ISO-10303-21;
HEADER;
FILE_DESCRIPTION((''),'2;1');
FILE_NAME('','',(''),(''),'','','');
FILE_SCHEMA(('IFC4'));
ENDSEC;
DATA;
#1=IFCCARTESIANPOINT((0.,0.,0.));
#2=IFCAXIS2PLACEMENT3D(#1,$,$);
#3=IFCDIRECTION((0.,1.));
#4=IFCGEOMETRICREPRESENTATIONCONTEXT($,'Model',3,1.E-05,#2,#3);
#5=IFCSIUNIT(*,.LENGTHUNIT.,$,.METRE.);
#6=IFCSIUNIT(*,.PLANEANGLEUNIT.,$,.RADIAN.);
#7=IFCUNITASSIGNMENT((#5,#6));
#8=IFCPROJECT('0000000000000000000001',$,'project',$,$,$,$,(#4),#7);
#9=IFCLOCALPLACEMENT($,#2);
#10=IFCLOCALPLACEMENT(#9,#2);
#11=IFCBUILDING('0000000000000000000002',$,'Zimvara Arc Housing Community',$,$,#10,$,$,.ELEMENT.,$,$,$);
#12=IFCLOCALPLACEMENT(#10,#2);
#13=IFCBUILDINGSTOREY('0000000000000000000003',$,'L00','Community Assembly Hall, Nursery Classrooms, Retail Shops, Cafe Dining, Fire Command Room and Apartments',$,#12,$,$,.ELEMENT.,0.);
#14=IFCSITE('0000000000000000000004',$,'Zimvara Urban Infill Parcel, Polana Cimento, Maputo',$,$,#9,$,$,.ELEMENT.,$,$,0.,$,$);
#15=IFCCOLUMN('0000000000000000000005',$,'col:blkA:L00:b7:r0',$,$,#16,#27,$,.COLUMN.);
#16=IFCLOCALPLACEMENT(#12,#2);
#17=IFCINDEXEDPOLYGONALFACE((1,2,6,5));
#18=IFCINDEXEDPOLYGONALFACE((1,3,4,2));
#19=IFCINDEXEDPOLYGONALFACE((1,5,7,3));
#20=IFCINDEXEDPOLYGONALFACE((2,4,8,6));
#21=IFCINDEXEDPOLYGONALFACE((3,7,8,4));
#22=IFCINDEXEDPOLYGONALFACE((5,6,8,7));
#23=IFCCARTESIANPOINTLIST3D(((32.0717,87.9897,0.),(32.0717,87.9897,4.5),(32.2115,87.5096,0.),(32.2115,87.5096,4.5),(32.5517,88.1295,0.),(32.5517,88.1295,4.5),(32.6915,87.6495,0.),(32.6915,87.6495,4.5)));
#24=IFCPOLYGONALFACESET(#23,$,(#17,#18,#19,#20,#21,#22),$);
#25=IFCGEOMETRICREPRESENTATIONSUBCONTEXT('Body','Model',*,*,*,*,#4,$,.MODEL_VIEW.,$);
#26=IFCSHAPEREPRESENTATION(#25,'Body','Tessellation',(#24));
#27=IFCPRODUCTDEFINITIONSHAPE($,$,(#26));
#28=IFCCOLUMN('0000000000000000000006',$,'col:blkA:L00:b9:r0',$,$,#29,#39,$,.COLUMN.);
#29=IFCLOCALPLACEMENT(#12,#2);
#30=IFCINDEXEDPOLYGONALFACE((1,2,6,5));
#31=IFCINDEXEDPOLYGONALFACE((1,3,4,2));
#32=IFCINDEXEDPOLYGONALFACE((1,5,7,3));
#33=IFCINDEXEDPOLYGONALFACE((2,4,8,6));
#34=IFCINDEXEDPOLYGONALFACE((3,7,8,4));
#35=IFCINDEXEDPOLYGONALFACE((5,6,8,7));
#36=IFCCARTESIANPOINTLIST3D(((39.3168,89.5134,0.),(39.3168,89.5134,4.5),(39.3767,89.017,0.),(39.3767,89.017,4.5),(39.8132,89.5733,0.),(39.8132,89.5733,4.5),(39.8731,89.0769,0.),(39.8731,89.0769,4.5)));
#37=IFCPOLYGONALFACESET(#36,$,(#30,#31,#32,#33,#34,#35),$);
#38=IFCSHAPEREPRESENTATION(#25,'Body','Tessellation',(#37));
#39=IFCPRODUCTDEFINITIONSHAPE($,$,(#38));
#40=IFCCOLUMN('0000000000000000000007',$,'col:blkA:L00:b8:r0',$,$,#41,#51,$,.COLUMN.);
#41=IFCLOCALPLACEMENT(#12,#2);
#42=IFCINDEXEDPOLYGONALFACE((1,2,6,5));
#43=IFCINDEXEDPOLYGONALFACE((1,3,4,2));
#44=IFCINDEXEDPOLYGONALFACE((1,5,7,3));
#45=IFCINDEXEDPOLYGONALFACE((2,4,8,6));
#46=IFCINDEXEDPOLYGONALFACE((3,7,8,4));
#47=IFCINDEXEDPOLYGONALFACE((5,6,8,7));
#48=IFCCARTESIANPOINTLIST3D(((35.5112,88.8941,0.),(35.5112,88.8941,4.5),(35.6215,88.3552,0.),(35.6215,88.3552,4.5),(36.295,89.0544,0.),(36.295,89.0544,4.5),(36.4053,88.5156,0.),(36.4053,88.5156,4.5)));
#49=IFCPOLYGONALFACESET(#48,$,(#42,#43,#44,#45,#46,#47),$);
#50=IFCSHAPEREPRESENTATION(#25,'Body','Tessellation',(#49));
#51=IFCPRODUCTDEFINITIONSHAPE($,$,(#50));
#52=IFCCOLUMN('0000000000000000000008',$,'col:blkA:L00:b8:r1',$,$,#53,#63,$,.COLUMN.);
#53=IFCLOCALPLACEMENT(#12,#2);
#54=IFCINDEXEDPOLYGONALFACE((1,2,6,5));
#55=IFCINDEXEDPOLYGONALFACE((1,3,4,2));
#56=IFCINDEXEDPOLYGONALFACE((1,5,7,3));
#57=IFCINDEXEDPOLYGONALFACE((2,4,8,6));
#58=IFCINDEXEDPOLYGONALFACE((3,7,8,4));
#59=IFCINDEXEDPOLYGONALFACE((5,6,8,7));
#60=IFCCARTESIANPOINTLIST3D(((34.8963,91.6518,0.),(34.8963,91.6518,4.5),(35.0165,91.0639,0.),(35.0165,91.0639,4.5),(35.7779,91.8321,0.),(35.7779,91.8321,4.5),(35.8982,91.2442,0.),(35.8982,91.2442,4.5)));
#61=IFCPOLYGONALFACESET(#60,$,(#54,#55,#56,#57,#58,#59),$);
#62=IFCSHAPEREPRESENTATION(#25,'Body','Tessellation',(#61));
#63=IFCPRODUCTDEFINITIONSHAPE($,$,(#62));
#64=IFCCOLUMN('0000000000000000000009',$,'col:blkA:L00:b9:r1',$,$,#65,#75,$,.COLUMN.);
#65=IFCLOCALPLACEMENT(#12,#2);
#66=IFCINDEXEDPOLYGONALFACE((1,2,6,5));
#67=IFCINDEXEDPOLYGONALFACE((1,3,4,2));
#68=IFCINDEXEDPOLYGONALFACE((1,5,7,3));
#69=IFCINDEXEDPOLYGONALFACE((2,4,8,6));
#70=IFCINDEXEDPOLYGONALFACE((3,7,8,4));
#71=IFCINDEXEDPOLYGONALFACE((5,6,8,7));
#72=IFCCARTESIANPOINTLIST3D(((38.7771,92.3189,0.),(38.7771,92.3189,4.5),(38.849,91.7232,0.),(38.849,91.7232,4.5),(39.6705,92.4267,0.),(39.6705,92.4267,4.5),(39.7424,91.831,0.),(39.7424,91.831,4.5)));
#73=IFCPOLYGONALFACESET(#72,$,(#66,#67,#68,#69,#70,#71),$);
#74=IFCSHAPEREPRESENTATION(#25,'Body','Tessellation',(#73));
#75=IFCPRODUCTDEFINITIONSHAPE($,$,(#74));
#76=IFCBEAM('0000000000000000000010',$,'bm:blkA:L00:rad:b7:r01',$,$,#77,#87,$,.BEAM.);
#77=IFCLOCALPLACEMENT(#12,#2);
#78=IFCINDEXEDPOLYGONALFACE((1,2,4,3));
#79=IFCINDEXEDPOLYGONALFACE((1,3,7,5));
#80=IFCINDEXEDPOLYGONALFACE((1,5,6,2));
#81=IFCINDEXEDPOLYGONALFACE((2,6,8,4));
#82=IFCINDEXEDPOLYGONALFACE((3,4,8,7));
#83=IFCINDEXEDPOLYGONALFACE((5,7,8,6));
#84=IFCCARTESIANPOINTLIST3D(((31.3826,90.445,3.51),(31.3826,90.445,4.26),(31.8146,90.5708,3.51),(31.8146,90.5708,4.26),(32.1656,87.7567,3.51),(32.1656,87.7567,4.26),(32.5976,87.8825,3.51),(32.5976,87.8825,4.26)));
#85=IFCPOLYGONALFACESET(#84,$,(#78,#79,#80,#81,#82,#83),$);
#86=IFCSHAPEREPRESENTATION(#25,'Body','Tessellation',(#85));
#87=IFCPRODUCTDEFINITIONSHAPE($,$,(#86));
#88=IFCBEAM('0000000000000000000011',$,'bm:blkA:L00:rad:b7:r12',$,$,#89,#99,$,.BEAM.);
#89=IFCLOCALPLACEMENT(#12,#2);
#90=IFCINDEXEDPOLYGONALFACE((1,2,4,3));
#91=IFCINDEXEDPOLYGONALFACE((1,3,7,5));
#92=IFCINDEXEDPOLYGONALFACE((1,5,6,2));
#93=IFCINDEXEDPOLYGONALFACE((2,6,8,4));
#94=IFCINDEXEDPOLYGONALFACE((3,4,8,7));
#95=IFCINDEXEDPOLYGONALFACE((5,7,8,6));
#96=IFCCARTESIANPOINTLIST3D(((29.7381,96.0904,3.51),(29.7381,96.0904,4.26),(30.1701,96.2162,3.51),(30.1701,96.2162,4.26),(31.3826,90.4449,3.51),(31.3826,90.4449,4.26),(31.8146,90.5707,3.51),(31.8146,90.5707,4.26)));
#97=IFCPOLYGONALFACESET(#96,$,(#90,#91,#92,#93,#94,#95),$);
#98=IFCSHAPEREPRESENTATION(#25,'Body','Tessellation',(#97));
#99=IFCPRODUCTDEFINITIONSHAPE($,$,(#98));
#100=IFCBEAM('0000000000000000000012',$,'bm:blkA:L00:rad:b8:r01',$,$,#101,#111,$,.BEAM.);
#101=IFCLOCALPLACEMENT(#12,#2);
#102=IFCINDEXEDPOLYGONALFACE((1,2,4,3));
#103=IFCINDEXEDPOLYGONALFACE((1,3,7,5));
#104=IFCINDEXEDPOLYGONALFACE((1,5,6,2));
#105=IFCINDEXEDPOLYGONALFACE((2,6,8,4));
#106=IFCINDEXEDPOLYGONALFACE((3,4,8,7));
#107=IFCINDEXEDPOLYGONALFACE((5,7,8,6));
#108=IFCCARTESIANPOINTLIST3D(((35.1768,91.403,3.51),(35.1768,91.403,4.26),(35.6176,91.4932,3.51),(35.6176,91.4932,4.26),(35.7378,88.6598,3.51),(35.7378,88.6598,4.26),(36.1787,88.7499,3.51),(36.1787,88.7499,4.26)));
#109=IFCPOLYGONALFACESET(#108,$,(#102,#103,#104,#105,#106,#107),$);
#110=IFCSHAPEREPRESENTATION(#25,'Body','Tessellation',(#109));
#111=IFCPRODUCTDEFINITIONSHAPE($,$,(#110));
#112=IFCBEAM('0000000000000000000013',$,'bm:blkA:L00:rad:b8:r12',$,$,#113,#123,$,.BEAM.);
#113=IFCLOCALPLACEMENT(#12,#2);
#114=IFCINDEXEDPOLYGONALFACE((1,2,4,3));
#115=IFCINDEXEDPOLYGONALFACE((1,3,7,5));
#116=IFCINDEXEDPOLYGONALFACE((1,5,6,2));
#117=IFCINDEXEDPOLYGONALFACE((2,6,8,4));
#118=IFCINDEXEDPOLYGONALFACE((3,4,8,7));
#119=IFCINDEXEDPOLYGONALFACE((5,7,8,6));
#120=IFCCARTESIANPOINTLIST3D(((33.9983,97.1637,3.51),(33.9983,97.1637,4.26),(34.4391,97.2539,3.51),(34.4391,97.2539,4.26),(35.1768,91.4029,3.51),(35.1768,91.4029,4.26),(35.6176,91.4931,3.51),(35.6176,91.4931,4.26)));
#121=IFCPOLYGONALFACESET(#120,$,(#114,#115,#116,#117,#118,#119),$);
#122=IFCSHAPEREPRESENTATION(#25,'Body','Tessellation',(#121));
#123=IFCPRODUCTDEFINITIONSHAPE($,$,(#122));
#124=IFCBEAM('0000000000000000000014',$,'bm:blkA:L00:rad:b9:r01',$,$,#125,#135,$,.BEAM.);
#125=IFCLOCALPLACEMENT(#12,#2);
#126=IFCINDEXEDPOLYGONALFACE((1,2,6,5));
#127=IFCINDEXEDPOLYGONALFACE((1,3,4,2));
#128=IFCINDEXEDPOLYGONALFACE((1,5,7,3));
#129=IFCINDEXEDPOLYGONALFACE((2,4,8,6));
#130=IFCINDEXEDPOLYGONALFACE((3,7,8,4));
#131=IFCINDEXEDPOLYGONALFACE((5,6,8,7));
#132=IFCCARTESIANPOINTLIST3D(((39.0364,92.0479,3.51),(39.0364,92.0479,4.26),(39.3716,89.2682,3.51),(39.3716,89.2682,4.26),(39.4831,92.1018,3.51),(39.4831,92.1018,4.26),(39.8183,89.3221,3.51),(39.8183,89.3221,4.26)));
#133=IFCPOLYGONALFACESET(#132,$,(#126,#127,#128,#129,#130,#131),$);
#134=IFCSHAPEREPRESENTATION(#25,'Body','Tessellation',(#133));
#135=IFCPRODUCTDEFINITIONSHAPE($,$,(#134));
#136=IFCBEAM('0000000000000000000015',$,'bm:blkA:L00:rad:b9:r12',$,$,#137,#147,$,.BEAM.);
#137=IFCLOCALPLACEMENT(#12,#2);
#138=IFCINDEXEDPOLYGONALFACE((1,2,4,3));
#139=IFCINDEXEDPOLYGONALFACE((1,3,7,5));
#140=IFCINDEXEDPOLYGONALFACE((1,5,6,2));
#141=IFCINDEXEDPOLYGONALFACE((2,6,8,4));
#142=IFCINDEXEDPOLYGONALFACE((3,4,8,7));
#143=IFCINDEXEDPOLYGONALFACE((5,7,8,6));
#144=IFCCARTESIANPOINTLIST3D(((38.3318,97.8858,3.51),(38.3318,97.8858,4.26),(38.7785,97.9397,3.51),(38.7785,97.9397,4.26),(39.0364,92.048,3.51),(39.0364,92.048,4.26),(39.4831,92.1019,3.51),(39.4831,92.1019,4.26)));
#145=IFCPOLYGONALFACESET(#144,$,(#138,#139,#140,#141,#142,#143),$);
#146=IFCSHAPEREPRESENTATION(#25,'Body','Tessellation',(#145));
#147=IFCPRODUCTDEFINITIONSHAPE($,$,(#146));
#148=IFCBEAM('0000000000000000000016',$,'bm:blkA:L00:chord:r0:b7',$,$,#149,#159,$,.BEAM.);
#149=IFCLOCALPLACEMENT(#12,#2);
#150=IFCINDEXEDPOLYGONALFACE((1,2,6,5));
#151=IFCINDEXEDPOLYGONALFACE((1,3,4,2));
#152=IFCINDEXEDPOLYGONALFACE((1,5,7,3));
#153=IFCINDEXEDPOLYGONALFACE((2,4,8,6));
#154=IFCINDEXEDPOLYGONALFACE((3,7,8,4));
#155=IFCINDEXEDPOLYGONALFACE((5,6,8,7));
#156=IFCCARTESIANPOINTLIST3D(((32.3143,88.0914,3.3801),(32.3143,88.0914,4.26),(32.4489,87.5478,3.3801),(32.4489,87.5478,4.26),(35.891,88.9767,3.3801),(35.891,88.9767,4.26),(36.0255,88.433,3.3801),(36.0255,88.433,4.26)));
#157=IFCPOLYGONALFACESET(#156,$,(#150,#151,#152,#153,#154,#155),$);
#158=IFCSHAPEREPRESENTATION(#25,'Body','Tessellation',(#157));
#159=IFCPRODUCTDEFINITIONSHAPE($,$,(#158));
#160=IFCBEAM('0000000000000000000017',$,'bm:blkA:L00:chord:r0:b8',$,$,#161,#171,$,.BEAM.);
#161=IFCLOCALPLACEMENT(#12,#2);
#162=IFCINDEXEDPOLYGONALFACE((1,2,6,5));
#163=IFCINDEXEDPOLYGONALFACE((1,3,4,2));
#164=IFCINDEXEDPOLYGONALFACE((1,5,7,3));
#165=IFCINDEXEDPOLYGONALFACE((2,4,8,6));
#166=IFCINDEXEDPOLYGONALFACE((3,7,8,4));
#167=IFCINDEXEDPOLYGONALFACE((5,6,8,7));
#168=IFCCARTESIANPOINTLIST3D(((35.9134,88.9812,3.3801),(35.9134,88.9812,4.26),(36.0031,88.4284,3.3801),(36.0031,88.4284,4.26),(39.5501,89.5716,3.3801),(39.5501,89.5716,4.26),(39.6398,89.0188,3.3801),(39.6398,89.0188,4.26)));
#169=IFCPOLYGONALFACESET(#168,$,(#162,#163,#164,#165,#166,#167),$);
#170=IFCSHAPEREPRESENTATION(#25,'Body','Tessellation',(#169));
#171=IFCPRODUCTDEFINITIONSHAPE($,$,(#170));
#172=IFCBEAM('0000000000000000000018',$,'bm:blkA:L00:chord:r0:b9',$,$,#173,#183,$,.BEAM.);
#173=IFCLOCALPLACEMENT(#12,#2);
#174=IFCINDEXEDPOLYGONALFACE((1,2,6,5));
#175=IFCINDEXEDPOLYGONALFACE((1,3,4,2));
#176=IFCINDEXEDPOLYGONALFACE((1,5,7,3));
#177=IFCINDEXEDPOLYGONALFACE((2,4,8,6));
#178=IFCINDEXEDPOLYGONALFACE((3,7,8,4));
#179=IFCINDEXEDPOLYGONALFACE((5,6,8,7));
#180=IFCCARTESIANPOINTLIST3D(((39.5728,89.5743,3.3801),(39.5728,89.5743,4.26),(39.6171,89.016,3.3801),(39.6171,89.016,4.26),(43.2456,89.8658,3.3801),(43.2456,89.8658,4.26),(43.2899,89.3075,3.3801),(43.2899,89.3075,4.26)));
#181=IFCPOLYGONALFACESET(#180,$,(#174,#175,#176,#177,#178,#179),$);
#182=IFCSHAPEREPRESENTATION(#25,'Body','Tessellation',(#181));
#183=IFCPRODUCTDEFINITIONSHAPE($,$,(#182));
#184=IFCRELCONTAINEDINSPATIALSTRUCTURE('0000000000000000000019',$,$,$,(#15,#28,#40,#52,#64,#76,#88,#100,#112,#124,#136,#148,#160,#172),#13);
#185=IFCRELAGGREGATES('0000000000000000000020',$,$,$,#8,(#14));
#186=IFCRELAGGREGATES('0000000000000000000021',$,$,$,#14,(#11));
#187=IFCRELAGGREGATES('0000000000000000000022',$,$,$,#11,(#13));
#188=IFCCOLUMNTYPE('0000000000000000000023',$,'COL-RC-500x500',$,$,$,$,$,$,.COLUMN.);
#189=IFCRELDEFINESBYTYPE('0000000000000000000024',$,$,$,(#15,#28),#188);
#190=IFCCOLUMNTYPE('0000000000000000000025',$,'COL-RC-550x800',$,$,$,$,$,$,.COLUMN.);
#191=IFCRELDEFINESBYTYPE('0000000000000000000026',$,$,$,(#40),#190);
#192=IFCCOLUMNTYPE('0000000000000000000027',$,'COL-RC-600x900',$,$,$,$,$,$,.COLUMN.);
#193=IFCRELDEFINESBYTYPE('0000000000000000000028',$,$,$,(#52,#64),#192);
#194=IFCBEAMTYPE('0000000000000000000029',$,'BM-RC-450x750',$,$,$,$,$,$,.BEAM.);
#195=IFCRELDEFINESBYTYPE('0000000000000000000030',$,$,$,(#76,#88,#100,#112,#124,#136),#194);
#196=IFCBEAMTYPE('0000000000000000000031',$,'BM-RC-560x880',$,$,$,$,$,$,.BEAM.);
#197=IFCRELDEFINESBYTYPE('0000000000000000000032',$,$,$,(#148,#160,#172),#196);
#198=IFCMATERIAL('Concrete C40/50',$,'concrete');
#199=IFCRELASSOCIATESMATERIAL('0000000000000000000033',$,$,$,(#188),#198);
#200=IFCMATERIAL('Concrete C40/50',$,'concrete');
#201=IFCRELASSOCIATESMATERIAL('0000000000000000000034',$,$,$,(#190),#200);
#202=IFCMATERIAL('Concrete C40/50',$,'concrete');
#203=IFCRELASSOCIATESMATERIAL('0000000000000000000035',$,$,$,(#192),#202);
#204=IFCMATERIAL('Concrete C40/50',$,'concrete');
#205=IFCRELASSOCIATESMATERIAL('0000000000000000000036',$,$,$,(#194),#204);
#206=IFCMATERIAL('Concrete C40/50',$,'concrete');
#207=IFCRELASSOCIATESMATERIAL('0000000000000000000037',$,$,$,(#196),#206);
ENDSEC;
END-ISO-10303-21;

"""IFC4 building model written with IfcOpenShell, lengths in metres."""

from ifc_helpers import new_model, si_unit, direction, frame, origin, origin_2d, place, context, subcontext, project, spatial, rectangle, extrude, material, material_profile, profile_set, type_object, element, save


model = new_model("IFC4")

# Units and contexts
model_context = context("Model", 3, precision=1e-05, world=origin(), true_north=direction((0.0, 1.0)))
body_context = subcontext(model_context, "Body", "Model", "MODEL_VIEW")
ifc_project = project(units=[si_unit("LENGTHUNIT", "METRE"), si_unit("PLANEANGLEUNIT", "RADIAN")], contexts=[model_context])

# Site, building, storey
site_placement = place(None, origin())
site = spatial("IfcSite", under=ifc_project, at=site_placement, Name="Zimvara Urban Infill Parcel, Polana Cimento, Maputo", CompositionType="ELEMENT", RefElevation=0.0)
building_placement = place(site_placement, origin())
building = spatial("IfcBuilding", under=site, at=building_placement, Name="Zimvara Arc Housing Community", CompositionType="ELEMENT")
storey_placement = place(building_placement, origin())
storey = spatial("IfcBuildingStorey", under=building, at=storey_placement, Name="L00", Description="Community Assembly Hall, Nursery Classrooms, Retail Shops, Cafe Dining, Fire Command Room and Apartments", CompositionType="ELEMENT", Elevation=0.0)

# Columns
ifc_material_1 = material(Name="Concrete C40/50", Category="concrete")
ifc_material_profile_1 = material_profile(ifc_material_1, rectangle(XDim=0.5, YDim=0.5, at=origin_2d()), Name="RC 500x500")
ifc_profile_set_1 = profile_set([ifc_material_profile_1], Name="Concrete C40/50")
column_type_1 = type_object("IfcColumnType", Name="COL-RC-500x500", PredefinedType="COLUMN", material=ifc_profile_set_1)
for number, where, z_axis, x_axis, name in (
    (1, (32.3816, 87.8196, 0.0), (0.0, 0.0, 1.0), (-0.279661, 0.960099, 0.0), "col:blkA:L00:b7:r0"),
    (2, (39.595, 89.2952, 0.0), (0.0, 0.0, 1.0), (-0.11979, 0.992799, 0.0), "col:blkA:L00:b9:r0"),
):
    element("IfcColumn", number, at=place(storey_placement, frame(where, z_axis=z_axis, x_axis=x_axis)), inside=storey, type_object=column_type_1, Name=name, PredefinedType="COLUMN", context=body_context, shape_type="SweptSolid", body=[
        extrude(rectangle(XDim=0.5, YDim=0.5, at=origin_2d()), origin(), (0.0, 0.0, 1.0), 4.5),
    ])
ifc_material_2 = material(Name="Concrete C40/50", Category="concrete")
ifc_material_profile_2 = material_profile(ifc_material_2, rectangle(XDim=0.55, YDim=0.8, at=origin_2d()), Name="RC 550x800")
ifc_profile_set_2 = profile_set([ifc_material_profile_2], Name="Concrete C40/50")
column_type_2 = type_object("IfcColumnType", Name="COL-RC-550x800", PredefinedType="COLUMN", material=ifc_profile_set_2)
column_placement = place(storey_placement, frame((35.9583, 88.7048, 0.0), z_axis=(0.0, 0.0, 1.0), x_axis=(-0.200394, 0.979715, 0.0)))
element("IfcColumn", 3, at=column_placement, inside=storey, type_object=column_type_2, Name="col:blkA:L00:b8:r0", PredefinedType="COLUMN", context=body_context, shape_type="SweptSolid", body=[
    extrude(rectangle(XDim=0.55, YDim=0.8, at=origin_2d()), origin(), (0.0, 0.0, 1.0), 4.5),
])
ifc_material_3 = material(Name="Concrete C40/50", Category="concrete")
ifc_material_profile_3 = material_profile(ifc_material_3, rectangle(XDim=0.6001, YDim=0.8999, at=origin_2d()), Name="RC 600x900")
ifc_profile_set_3 = profile_set([ifc_material_profile_3], Name="Concrete C40/50")
column_type_3 = type_object("IfcColumnType", Name="COL-RC-600x900", PredefinedType="COLUMN", material=ifc_profile_set_3)
for number, where, z_axis, x_axis, name in (
    (4, (35.3972, 91.448, 0.0), (0.0, 0.0, 1.0), (-0.200394, 0.979715, 0.0), "col:blkA:L00:b8:r1"),
    (5, (39.2598, 92.075, 0.0), (0.0, 0.0, 1.0), (-0.11979, 0.992799, 0.0), "col:blkA:L00:b9:r1"),
):
    element("IfcColumn", number, at=place(storey_placement, frame(where, z_axis=z_axis, x_axis=x_axis)), inside=storey, type_object=column_type_3, Name=name, PredefinedType="COLUMN", context=body_context, shape_type="SweptSolid", body=[
        extrude(rectangle(XDim=0.6001, YDim=0.8999, at=origin_2d()), origin(), (0.0, 0.0, 1.0), 4.5),
    ])

# Beams
ifc_material_4 = material(Name="Concrete C40/50", Category="concrete")
ifc_material_profile_4 = material_profile(ifc_material_4, rectangle(XDim=0.45, YDim=0.75, at=origin_2d()), Name="RC 450x750")
ifc_profile_set_4 = profile_set([ifc_material_profile_4], Name="Concrete C40/50")
beam_type_1 = type_object("IfcBeamType", Name="BM-RC-450x750", PredefinedType="BEAM", material=ifc_profile_set_4)
beam_1_placement = place(storey_placement, frame((32.3816, 87.8196, 3.885), z_axis=(-0.279635, 0.960106, 0.0), x_axis=(-0.960106, -0.279635, 0.0)))
element("IfcBeam", 6, at=beam_1_placement, inside=storey, type_object=beam_type_1, Name="bm:blkA:L00:rad:b7:r01", PredefinedType="BEAM", context=body_context, shape_type="SweptSolid", body=[
    extrude(rectangle(XDim=0.45, YDim=0.75, at=origin_2d()), origin(), (0.0, 0.0, 1.0), 2.8),
])
beam_2_placement = place(storey_placement, frame((31.5986, 90.5078, 3.885), z_axis=(-0.279675, 0.960095, 0.0), x_axis=(-0.960095, -0.279675, 0.0)))
element("IfcBeam", 7, at=beam_2_placement, inside=storey, type_object=beam_type_1, Name="bm:blkA:L00:rad:b7:r12", PredefinedType="BEAM", context=body_context, shape_type="SweptSolid", body=[
    extrude(rectangle(XDim=0.45, YDim=0.75, at=origin_2d()), origin(), (0.0, 0.0, 1.0), 5.8801),
])
beam_3_placement = place(storey_placement, frame((35.9583, 88.7048, 3.885), z_axis=(-0.200373, 0.97972, 0.0), x_axis=(-0.97972, -0.200373, 0.0)))
element("IfcBeam", 8, at=beam_3_placement, inside=storey, type_object=beam_type_1, Name="bm:blkA:L00:rad:b8:r01", PredefinedType="BEAM", context=body_context, shape_type="SweptSolid", body=[
    extrude(rectangle(XDim=0.45, YDim=0.75, at=origin_2d()), origin(), (0.0, 0.0, 1.0), 2.8),
])
beam_4_placement = place(storey_placement, frame((35.3972, 91.448, 3.885), z_axis=(-0.200418, 0.97971, 0.0), x_axis=(-0.97971, -0.200418, 0.0)))
element("IfcBeam", 9, at=beam_4_placement, inside=storey, type_object=beam_type_1, Name="bm:blkA:L00:rad:b8:r12", PredefinedType="BEAM", context=body_context, shape_type="SweptSolid", body=[
    extrude(rectangle(XDim=0.45, YDim=0.75, at=origin_2d()), origin(), (0.0, 0.0, 1.0), 5.8801),
])
beam_5_placement = place(storey_placement, frame((39.595, 89.2952, 3.885), z_axis=(-0.119719, 0.992808, 0.0), x_axis=(-0.992808, -0.119719, 0.0)))
element("IfcBeam", 10, at=beam_5_placement, inside=storey, type_object=beam_type_1, Name="bm:blkA:L00:rad:b9:r01", PredefinedType="BEAM", context=body_context, shape_type="SweptSolid", body=[
    extrude(rectangle(XDim=0.45, YDim=0.75, at=origin_2d()), origin(), (0.0, 0.0, 1.0), 2.7998),
])
beam_6_placement = place(storey_placement, frame((39.2598, 92.075, 3.885), z_axis=(-0.119828, 0.992795, 0.0), x_axis=(-0.992795, -0.119828, 0.0)))
element("IfcBeam", 11, at=beam_6_placement, inside=storey, type_object=beam_type_1, Name="bm:blkA:L00:rad:b9:r12", PredefinedType="BEAM", context=body_context, shape_type="SweptSolid", body=[
    extrude(rectangle(XDim=0.45, YDim=0.75, at=origin_2d()), origin(), (0.0, 0.0, 1.0), 5.8801),
])
ifc_material_5 = material(Name="Concrete C40/50", Category="concrete")
ifc_material_profile_5 = material_profile(ifc_material_5, rectangle(XDim=0.5601, YDim=0.8799, at=origin_2d()), Name="RC 560x880")
ifc_profile_set_5 = profile_set([ifc_material_profile_5], Name="Concrete C40/50")
beam_type_2 = type_object("IfcBeamType", Name="BM-RC-560x880", PredefinedType="BEAM", material=ifc_profile_set_5)
beam_7_placement = place(storey_placement, frame((32.3816, 87.8196, 3.8201), z_axis=(0.970709, 0.240259, 0.0), x_axis=(-0.240259, 0.970709, 0.0)))
element("IfcBeam", 12, at=beam_7_placement, inside=storey, type_object=beam_type_2, Name="bm:blkA:L00:chord:r0:b7", PredefinedType="BEAM", context=body_context, shape_type="SweptSolid", body=[
    extrude(rectangle(XDim=0.5601, YDim=0.8799, at=origin_2d()), origin(), (0.0, 0.0, 1.0), 3.6846),
])
for number, where, z_axis, x_axis, name in (
    (13, (35.9583, 88.7048, 3.8201), (0.98708, 0.160228, 0.0), (-0.160228, 0.98708, 0.0), "bm:blkA:L00:chord:r0:b8"),
    (14, (39.595, 89.2952, 3.8201), (0.996865, 0.079118, 0.0), (-0.079118, 0.996865, 0.0), "bm:blkA:L00:chord:r0:b9"),
):
    element("IfcBeam", number, at=place(storey_placement, frame(where, z_axis=z_axis, x_axis=x_axis)), inside=storey, type_object=beam_type_2, Name=name, PredefinedType="BEAM", context=body_context, shape_type="SweptSolid", body=[
        extrude(rectangle(XDim=0.5601, YDim=0.8799, at=origin_2d()), origin(), (0.0, 0.0, 1.0), 3.6843),
    ])

save(model, "model.ifc")
